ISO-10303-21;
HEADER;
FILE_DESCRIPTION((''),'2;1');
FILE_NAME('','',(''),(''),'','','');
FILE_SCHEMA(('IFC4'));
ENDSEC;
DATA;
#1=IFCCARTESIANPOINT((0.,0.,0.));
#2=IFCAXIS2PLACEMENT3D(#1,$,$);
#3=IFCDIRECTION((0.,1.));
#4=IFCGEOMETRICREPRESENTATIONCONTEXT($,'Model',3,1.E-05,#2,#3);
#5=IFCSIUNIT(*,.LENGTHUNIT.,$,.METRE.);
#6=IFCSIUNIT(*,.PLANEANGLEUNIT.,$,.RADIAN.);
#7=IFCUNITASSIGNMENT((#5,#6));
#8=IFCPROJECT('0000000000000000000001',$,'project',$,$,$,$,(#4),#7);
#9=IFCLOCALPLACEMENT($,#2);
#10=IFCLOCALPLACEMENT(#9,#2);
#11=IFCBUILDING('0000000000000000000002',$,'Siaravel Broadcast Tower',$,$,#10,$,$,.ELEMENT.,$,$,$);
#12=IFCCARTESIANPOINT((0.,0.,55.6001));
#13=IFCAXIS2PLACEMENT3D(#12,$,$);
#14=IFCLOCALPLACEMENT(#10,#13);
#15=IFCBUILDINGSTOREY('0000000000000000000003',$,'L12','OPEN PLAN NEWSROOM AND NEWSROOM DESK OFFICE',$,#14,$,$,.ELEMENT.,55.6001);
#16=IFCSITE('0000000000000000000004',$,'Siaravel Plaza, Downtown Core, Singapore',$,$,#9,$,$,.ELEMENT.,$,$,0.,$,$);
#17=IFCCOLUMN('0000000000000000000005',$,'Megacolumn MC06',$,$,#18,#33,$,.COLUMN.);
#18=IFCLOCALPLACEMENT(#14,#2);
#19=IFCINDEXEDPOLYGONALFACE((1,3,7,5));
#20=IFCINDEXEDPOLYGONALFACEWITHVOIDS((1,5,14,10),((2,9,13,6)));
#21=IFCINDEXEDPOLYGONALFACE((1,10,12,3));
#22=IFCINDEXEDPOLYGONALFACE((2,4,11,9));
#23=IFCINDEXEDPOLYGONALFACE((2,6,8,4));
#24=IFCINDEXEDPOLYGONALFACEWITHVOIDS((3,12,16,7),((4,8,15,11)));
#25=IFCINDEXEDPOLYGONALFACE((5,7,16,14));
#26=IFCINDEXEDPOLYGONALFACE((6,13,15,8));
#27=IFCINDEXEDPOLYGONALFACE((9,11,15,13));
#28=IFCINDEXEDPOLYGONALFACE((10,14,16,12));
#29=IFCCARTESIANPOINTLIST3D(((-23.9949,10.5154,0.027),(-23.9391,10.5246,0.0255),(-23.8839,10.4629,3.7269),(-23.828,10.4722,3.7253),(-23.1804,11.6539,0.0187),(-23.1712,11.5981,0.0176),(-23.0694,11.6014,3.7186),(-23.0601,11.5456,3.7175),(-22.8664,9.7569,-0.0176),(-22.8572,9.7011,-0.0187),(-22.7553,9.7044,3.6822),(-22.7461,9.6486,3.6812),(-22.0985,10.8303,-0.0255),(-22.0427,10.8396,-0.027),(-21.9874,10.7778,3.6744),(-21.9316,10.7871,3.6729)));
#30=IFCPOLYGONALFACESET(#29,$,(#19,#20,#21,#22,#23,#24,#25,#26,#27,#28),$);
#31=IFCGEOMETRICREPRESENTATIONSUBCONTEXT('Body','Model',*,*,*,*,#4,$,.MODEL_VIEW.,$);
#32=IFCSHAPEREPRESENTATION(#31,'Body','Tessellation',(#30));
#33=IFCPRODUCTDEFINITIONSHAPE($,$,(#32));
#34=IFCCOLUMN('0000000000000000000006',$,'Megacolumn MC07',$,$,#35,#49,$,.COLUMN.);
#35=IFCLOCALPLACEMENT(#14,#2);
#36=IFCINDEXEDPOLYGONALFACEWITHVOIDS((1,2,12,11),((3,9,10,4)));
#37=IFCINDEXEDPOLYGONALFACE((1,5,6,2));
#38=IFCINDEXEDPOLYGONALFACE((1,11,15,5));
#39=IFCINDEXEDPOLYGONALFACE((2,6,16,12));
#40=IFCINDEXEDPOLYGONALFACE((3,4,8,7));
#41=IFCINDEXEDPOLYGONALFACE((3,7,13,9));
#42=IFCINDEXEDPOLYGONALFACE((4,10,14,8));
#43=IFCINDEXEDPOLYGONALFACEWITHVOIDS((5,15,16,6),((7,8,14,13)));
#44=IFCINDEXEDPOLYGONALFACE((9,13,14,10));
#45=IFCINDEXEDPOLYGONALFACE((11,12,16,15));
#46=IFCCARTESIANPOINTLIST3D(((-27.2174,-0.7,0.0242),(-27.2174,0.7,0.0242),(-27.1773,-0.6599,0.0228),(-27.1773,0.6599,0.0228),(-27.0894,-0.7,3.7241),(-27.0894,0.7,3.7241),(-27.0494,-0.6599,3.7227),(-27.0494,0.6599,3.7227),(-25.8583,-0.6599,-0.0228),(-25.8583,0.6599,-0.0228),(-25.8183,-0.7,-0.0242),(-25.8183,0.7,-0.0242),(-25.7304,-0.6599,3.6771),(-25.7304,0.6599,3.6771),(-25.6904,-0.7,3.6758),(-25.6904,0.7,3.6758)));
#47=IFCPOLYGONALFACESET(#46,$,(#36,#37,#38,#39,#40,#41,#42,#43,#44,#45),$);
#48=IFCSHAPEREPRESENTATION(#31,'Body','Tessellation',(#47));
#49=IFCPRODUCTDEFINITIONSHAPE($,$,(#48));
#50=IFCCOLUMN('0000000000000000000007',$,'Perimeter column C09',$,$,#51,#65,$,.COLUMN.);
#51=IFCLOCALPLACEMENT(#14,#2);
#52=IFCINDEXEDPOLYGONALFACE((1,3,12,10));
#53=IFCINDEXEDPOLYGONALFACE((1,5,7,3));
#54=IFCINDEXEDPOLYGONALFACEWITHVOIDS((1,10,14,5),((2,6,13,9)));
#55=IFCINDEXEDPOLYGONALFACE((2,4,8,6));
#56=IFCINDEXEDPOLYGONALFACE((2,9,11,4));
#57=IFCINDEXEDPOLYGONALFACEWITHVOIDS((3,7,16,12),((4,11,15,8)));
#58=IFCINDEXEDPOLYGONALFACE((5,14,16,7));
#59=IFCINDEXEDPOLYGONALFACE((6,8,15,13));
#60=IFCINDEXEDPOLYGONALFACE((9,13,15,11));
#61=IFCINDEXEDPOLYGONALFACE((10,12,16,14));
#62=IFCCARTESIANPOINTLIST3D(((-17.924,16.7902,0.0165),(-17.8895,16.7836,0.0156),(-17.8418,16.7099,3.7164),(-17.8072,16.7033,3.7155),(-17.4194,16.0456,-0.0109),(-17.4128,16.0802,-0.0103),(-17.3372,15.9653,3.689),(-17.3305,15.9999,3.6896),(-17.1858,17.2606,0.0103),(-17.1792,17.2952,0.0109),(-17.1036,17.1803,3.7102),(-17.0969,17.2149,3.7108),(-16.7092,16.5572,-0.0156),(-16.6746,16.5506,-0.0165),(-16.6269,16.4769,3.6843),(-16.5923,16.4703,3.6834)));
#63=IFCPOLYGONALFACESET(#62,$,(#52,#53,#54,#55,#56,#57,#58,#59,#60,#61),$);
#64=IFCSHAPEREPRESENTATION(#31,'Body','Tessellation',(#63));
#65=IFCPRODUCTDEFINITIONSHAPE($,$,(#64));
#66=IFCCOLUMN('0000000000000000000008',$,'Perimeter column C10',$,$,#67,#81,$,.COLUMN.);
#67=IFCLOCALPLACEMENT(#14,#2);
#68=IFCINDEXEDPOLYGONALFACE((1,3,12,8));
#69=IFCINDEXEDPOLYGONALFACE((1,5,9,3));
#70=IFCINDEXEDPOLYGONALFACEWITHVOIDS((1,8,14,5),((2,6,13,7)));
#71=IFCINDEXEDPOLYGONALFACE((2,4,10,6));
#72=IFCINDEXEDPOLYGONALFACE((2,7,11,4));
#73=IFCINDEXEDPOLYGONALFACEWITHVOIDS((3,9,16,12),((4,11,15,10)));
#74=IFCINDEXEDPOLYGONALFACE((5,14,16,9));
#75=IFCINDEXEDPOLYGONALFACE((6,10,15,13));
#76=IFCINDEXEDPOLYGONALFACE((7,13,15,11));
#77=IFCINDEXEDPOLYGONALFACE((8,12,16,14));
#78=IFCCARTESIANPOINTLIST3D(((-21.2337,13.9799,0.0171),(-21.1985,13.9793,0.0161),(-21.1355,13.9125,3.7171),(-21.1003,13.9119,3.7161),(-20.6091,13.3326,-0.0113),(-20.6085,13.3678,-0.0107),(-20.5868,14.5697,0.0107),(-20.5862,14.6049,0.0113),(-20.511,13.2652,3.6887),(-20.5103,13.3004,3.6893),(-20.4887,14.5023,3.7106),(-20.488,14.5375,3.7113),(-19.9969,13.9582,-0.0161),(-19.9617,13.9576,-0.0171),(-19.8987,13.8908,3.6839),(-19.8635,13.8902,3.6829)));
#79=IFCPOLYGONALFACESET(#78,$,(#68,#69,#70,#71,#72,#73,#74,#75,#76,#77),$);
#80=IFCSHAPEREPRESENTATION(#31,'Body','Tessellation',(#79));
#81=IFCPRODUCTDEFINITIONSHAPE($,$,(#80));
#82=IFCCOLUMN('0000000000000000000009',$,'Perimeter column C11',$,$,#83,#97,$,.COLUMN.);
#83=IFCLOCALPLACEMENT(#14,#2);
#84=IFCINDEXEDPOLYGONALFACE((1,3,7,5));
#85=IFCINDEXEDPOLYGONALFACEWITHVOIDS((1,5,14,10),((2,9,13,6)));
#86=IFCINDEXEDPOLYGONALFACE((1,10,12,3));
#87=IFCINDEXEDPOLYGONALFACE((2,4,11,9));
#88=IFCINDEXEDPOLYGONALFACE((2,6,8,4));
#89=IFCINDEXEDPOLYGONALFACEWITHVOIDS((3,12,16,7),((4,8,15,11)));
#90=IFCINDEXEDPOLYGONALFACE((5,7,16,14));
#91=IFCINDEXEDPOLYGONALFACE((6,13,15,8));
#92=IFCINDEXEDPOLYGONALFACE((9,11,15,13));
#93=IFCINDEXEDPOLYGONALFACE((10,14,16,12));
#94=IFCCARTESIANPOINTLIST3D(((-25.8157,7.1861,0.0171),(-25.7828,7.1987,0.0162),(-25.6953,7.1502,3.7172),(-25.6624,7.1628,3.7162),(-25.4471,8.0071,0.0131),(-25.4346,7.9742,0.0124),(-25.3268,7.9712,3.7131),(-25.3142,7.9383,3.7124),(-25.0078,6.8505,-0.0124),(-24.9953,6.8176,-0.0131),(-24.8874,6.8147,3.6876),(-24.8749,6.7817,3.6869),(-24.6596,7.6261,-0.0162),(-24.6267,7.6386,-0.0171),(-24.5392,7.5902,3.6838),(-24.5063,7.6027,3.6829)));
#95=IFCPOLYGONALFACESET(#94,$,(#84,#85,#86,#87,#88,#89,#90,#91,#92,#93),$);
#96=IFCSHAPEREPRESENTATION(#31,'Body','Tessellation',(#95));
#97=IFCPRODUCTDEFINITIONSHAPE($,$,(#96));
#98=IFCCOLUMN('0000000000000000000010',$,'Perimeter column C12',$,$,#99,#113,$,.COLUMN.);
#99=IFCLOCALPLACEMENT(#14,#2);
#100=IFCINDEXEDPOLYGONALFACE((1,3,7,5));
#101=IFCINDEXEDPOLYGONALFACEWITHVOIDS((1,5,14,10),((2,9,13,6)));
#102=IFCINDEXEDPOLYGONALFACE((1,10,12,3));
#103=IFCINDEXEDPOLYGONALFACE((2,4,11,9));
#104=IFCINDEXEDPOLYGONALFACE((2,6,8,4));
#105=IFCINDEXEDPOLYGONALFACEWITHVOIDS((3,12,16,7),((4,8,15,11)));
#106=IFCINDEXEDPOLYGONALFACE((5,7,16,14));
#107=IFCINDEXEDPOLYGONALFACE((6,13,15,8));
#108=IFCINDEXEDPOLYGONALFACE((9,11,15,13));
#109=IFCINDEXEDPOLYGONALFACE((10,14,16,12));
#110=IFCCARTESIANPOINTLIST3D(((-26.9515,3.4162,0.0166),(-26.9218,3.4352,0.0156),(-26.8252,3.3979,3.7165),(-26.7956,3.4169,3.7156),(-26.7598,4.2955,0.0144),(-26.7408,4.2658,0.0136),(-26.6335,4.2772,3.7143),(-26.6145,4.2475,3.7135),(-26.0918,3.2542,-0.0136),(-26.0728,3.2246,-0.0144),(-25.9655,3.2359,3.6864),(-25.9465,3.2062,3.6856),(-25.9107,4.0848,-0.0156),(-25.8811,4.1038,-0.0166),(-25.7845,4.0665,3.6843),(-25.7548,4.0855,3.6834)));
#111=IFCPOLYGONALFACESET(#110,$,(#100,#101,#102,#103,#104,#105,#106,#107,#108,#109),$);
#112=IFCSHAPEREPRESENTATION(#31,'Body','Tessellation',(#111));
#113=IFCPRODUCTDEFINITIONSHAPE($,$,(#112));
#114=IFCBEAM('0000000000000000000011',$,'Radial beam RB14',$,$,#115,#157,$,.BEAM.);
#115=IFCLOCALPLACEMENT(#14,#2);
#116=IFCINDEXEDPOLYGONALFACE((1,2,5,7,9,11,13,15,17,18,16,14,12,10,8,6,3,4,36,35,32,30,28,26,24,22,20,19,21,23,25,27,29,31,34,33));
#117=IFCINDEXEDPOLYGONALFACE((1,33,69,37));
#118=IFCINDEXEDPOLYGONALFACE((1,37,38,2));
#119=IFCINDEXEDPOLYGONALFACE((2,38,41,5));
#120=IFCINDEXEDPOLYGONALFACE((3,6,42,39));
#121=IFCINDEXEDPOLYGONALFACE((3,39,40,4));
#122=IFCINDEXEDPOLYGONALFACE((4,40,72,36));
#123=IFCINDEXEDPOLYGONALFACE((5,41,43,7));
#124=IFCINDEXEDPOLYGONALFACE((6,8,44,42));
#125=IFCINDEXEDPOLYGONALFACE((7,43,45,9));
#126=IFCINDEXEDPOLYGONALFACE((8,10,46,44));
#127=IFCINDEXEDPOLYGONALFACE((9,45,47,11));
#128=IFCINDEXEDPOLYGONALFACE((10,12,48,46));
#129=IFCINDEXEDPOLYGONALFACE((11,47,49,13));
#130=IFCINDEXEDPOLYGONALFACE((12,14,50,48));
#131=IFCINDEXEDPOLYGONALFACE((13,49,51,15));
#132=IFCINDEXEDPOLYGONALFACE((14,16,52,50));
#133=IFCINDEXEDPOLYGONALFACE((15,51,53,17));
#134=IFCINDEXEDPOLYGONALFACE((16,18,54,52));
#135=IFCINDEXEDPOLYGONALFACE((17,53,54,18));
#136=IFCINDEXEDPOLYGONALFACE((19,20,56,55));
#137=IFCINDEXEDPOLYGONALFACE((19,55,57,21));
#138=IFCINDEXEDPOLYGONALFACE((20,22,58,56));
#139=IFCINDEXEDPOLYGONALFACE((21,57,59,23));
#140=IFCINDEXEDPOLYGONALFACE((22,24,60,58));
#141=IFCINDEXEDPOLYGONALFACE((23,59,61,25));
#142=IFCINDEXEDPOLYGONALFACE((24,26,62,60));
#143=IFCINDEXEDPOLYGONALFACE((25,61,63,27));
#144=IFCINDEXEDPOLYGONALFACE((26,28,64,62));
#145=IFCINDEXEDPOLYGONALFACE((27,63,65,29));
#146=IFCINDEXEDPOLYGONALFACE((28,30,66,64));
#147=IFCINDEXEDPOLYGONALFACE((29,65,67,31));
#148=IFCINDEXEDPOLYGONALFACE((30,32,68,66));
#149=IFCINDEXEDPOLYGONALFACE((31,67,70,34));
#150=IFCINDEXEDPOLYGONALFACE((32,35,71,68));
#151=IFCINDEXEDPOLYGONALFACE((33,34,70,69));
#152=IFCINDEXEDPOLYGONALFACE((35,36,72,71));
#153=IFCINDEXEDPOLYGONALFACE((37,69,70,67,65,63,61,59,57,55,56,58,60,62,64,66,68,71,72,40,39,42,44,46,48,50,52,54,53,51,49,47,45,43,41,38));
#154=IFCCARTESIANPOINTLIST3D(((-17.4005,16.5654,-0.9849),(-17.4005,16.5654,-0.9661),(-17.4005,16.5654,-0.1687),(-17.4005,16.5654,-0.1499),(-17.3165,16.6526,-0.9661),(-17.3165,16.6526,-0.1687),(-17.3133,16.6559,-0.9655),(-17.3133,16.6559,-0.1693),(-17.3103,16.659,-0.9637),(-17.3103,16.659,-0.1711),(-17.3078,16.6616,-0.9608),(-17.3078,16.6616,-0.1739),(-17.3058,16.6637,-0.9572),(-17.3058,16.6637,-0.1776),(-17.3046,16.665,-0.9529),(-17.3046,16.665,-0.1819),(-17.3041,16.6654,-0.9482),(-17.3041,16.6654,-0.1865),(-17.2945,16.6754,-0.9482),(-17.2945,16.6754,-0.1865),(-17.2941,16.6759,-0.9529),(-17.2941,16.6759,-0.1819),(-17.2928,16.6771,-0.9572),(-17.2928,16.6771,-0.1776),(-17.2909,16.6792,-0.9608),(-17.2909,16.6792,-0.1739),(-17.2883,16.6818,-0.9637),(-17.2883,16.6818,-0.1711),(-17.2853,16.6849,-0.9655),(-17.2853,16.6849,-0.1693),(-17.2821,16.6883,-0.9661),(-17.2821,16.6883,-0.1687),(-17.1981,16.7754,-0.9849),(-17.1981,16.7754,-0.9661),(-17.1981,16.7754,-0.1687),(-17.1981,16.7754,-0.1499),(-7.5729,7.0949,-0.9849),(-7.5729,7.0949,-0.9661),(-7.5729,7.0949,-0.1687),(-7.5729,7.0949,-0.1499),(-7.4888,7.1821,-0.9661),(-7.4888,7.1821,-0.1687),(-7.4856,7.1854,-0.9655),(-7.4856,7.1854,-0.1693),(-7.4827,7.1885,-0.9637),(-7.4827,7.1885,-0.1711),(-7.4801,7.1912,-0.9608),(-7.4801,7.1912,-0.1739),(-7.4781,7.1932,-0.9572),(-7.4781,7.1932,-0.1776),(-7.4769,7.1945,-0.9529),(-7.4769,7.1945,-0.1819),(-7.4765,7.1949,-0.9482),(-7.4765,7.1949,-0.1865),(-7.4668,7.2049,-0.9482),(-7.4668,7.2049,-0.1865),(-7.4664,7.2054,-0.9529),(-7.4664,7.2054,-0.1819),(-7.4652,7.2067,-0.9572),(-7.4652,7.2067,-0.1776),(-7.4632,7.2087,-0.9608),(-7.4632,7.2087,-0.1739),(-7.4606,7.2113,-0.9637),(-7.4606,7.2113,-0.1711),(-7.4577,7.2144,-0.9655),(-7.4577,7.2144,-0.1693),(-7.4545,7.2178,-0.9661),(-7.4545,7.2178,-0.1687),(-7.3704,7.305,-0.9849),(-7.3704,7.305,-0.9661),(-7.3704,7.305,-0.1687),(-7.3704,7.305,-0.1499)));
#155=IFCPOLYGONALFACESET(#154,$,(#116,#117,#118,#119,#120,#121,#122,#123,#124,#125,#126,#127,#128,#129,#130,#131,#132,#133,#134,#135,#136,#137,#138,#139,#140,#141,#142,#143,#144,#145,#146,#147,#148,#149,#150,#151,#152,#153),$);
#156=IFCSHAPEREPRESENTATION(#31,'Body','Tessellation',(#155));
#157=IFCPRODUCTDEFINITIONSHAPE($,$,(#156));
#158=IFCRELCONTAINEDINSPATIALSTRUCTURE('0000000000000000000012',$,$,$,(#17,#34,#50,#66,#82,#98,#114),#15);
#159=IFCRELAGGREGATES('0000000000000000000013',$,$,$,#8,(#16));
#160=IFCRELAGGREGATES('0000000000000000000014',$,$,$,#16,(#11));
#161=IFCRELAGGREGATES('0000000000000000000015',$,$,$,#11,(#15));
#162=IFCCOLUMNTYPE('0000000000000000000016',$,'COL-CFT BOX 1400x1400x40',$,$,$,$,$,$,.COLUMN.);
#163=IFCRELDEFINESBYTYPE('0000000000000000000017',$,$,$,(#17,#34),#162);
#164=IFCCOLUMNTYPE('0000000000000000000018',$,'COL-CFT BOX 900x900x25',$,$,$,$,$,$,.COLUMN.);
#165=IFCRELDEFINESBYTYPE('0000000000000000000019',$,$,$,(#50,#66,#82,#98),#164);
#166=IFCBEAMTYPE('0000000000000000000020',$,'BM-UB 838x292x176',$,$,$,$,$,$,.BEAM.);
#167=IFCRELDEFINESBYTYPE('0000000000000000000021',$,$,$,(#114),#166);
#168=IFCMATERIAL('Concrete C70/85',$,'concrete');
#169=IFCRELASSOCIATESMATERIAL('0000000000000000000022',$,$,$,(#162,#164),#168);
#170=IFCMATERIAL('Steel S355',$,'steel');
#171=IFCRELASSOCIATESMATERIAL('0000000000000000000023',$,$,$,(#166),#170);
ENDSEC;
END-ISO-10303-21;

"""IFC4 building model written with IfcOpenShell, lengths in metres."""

from ifc_helpers import new_model, si_unit, direction, frame, origin, origin_2d, place, context, subcontext, project, spatial, hollow_rectangle, i_section, extrude, material, material_profile, profile_set, type_object, element, save


model = new_model("IFC4")

# Units and contexts
model_context = context("Model", 3, precision=1e-05, world=origin(), true_north=direction((0.0, 1.0)))
body_context = subcontext(model_context, "Body", "Model", "MODEL_VIEW")
ifc_project = project(units=[si_unit("LENGTHUNIT", "METRE"), si_unit("PLANEANGLEUNIT", "RADIAN")], contexts=[model_context])

# Site, building, storey
site_placement = place(None, origin())
site = spatial("IfcSite", under=ifc_project, at=site_placement, Name="Siaravel Plaza, Downtown Core, Singapore", CompositionType="ELEMENT", RefElevation=0.0)
building_placement = place(site_placement, origin())
building = spatial("IfcBuilding", under=site, at=building_placement, Name="Siaravel Broadcast Tower", CompositionType="ELEMENT")
storey_placement = place(building_placement, frame((0.0, 0.0, 55.6001)))
storey = spatial("IfcBuildingStorey", under=building, at=storey_placement, Name="L12", Description="OPEN PLAN NEWSROOM AND NEWSROOM DESK OFFICE", CompositionType="ELEMENT", Elevation=55.6001)

# Columns
ifc_material_1 = material(Name="Concrete C70/85", Category="concrete")
ifc_material_profile_1 = material_profile(ifc_material_1, hollow_rectangle(XDim=1.3999, YDim=1.3999, WallThickness=0.04, at=origin_2d()))
ifc_profile_set_1 = profile_set([ifc_material_profile_1], Name="Concrete C70/85")
column_type_1 = type_object("IfcColumnType", Name="COL-CFT BOX 1400x1400x40", PredefinedType="COLUMN", material=ifc_profile_set_1)
column_1_placement = place(storey_placement, frame((-23.0188, 10.6775, 0.0), z_axis=(0.030007, -0.014179, 0.999449), x_axis=(0.581821, 0.813295, -0.00593)))
element("IfcColumn", 1, at=column_1_placement, inside=storey, type_object=column_type_1, Name="Megacolumn MC06", PredefinedType="COLUMN", context=body_context, shape_type="SweptSolid", body=[
    extrude(hollow_rectangle(XDim=1.3999, YDim=1.3999, WallThickness=0.04, at=origin_2d()), origin(), (0.0, 0.0, 1.0), 3.7019),
])
column_2_placement = place(storey_placement, frame((-26.5178, 0.0, 0.0), z_axis=(0.034555, 0.0, 0.999403), x_axis=(0.0, 1.0, 0.0)))
element("IfcColumn", 2, at=column_2_placement, inside=storey, type_object=column_type_1, Name="Megacolumn MC07", PredefinedType="COLUMN", context=body_context, shape_type="SweptSolid", body=[
    extrude(hollow_rectangle(XDim=1.3999, YDim=1.3999, WallThickness=0.04, at=origin_2d()), origin(), (0.0, 0.0, 1.0), 3.7021),
])
ifc_material_profile_2 = material_profile(ifc_material_1, hollow_rectangle(XDim=0.8999, YDim=0.8999, WallThickness=0.0249, at=origin_2d()))
ifc_profile_set_2 = profile_set([ifc_material_profile_2], Name="Concrete C70/85")
column_type_2 = type_object("IfcColumnType", Name="COL-CFT BOX 900x900x25", PredefinedType="COLUMN", material=ifc_profile_set_2)
column_3_placement = place(storey_placement, frame((-17.2993, 16.6704, 0.0), z_axis=(0.022226, -0.021699, 0.999517), x_axis=(0.827705, 0.561129, -0.006224)))
element("IfcColumn", 3, at=column_3_placement, inside=storey, type_object=column_type_2, Name="Perimeter column C09", PredefinedType="COLUMN", context=body_context, shape_type="SweptSolid", body=[
    extrude(hollow_rectangle(XDim=0.8999, YDim=0.8999, WallThickness=0.0249, at=origin_2d()), origin(), (0.0, 0.0, 1.0), 3.7017),
])
column_4_placement = place(storey_placement, frame((-20.5977, 13.9688, 0.0), z_axis=(0.026512, -0.018202, 0.999483), x_axis=(0.719487, 0.694476, -0.006437)))
element("IfcColumn", 4, at=column_4_placement, inside=storey, type_object=column_type_2, Name="Perimeter column C10", PredefinedType="COLUMN", context=body_context, shape_type="SweptSolid", body=[
    extrude(hollow_rectangle(XDim=0.8999, YDim=0.8999, WallThickness=0.0249, at=origin_2d()), origin(), (0.0, 0.0, 1.0), 3.7019),
])
for number, where, z_axis, x_axis, name in (
    (5, (-25.2212, 7.4124, 0.0), (0.032512, -0.009694, 0.999424), (0.409583, 0.912262, -0.004475), "Perimeter column C11"),
    (6, (-26.4163, 3.76, 0.0), (0.034094, -0.004946, 0.999406), (0.213026, 0.977043, -0.002432), "Perimeter column C12"),
):
    element("IfcColumn", number, at=place(storey_placement, frame(where, z_axis=z_axis, x_axis=x_axis)), inside=storey, type_object=column_type_2, Name=name, PredefinedType="COLUMN", context=body_context, shape_type="SweptSolid", body=[
        extrude(hollow_rectangle(XDim=0.8999, YDim=0.8999, WallThickness=0.0249, at=origin_2d()), origin(), (0.0, 0.0, 1.0), 3.7021),
    ])

# Beam
ifc_material_2 = material(Name="Steel S355", Category="steel")
ifc_material_profile_3 = material_profile(ifc_material_2, i_section(OverallWidth=0.2917, OverallDepth=0.835, WebThickness=0.0139, FlangeThickness=0.0188, FilletRadius=0.0178, at=origin_2d()))
ifc_profile_set_3 = profile_set([ifc_material_profile_3], Name="Steel S355")
beam_type = type_object("IfcBeamType", Name="BM-UB 838x292x176", PredefinedType="BEAM", material=ifc_profile_set_3)
beam_1_placement = place(storey_placement, frame((-17.2993, 16.6704, -0.5674), z_axis=(0.720071, -0.6939, 0.0), x_axis=(0.6939, 0.720071, 0.0)))
element("IfcBeam", 7, at=beam_1_placement, inside=storey, type_object=beam_type, Name="Radial beam RB14", PredefinedType="BEAM", context=body_context, shape_type="SweptSolid", body=[
    extrude(i_section(OverallWidth=0.2917, OverallDepth=0.835, WebThickness=0.0139, FlangeThickness=0.0188, FilletRadius=0.0178, at=origin_2d()), origin(), (0.0, 0.0, 1.0), 13.6482),
])

save(model, "model.ifc")
